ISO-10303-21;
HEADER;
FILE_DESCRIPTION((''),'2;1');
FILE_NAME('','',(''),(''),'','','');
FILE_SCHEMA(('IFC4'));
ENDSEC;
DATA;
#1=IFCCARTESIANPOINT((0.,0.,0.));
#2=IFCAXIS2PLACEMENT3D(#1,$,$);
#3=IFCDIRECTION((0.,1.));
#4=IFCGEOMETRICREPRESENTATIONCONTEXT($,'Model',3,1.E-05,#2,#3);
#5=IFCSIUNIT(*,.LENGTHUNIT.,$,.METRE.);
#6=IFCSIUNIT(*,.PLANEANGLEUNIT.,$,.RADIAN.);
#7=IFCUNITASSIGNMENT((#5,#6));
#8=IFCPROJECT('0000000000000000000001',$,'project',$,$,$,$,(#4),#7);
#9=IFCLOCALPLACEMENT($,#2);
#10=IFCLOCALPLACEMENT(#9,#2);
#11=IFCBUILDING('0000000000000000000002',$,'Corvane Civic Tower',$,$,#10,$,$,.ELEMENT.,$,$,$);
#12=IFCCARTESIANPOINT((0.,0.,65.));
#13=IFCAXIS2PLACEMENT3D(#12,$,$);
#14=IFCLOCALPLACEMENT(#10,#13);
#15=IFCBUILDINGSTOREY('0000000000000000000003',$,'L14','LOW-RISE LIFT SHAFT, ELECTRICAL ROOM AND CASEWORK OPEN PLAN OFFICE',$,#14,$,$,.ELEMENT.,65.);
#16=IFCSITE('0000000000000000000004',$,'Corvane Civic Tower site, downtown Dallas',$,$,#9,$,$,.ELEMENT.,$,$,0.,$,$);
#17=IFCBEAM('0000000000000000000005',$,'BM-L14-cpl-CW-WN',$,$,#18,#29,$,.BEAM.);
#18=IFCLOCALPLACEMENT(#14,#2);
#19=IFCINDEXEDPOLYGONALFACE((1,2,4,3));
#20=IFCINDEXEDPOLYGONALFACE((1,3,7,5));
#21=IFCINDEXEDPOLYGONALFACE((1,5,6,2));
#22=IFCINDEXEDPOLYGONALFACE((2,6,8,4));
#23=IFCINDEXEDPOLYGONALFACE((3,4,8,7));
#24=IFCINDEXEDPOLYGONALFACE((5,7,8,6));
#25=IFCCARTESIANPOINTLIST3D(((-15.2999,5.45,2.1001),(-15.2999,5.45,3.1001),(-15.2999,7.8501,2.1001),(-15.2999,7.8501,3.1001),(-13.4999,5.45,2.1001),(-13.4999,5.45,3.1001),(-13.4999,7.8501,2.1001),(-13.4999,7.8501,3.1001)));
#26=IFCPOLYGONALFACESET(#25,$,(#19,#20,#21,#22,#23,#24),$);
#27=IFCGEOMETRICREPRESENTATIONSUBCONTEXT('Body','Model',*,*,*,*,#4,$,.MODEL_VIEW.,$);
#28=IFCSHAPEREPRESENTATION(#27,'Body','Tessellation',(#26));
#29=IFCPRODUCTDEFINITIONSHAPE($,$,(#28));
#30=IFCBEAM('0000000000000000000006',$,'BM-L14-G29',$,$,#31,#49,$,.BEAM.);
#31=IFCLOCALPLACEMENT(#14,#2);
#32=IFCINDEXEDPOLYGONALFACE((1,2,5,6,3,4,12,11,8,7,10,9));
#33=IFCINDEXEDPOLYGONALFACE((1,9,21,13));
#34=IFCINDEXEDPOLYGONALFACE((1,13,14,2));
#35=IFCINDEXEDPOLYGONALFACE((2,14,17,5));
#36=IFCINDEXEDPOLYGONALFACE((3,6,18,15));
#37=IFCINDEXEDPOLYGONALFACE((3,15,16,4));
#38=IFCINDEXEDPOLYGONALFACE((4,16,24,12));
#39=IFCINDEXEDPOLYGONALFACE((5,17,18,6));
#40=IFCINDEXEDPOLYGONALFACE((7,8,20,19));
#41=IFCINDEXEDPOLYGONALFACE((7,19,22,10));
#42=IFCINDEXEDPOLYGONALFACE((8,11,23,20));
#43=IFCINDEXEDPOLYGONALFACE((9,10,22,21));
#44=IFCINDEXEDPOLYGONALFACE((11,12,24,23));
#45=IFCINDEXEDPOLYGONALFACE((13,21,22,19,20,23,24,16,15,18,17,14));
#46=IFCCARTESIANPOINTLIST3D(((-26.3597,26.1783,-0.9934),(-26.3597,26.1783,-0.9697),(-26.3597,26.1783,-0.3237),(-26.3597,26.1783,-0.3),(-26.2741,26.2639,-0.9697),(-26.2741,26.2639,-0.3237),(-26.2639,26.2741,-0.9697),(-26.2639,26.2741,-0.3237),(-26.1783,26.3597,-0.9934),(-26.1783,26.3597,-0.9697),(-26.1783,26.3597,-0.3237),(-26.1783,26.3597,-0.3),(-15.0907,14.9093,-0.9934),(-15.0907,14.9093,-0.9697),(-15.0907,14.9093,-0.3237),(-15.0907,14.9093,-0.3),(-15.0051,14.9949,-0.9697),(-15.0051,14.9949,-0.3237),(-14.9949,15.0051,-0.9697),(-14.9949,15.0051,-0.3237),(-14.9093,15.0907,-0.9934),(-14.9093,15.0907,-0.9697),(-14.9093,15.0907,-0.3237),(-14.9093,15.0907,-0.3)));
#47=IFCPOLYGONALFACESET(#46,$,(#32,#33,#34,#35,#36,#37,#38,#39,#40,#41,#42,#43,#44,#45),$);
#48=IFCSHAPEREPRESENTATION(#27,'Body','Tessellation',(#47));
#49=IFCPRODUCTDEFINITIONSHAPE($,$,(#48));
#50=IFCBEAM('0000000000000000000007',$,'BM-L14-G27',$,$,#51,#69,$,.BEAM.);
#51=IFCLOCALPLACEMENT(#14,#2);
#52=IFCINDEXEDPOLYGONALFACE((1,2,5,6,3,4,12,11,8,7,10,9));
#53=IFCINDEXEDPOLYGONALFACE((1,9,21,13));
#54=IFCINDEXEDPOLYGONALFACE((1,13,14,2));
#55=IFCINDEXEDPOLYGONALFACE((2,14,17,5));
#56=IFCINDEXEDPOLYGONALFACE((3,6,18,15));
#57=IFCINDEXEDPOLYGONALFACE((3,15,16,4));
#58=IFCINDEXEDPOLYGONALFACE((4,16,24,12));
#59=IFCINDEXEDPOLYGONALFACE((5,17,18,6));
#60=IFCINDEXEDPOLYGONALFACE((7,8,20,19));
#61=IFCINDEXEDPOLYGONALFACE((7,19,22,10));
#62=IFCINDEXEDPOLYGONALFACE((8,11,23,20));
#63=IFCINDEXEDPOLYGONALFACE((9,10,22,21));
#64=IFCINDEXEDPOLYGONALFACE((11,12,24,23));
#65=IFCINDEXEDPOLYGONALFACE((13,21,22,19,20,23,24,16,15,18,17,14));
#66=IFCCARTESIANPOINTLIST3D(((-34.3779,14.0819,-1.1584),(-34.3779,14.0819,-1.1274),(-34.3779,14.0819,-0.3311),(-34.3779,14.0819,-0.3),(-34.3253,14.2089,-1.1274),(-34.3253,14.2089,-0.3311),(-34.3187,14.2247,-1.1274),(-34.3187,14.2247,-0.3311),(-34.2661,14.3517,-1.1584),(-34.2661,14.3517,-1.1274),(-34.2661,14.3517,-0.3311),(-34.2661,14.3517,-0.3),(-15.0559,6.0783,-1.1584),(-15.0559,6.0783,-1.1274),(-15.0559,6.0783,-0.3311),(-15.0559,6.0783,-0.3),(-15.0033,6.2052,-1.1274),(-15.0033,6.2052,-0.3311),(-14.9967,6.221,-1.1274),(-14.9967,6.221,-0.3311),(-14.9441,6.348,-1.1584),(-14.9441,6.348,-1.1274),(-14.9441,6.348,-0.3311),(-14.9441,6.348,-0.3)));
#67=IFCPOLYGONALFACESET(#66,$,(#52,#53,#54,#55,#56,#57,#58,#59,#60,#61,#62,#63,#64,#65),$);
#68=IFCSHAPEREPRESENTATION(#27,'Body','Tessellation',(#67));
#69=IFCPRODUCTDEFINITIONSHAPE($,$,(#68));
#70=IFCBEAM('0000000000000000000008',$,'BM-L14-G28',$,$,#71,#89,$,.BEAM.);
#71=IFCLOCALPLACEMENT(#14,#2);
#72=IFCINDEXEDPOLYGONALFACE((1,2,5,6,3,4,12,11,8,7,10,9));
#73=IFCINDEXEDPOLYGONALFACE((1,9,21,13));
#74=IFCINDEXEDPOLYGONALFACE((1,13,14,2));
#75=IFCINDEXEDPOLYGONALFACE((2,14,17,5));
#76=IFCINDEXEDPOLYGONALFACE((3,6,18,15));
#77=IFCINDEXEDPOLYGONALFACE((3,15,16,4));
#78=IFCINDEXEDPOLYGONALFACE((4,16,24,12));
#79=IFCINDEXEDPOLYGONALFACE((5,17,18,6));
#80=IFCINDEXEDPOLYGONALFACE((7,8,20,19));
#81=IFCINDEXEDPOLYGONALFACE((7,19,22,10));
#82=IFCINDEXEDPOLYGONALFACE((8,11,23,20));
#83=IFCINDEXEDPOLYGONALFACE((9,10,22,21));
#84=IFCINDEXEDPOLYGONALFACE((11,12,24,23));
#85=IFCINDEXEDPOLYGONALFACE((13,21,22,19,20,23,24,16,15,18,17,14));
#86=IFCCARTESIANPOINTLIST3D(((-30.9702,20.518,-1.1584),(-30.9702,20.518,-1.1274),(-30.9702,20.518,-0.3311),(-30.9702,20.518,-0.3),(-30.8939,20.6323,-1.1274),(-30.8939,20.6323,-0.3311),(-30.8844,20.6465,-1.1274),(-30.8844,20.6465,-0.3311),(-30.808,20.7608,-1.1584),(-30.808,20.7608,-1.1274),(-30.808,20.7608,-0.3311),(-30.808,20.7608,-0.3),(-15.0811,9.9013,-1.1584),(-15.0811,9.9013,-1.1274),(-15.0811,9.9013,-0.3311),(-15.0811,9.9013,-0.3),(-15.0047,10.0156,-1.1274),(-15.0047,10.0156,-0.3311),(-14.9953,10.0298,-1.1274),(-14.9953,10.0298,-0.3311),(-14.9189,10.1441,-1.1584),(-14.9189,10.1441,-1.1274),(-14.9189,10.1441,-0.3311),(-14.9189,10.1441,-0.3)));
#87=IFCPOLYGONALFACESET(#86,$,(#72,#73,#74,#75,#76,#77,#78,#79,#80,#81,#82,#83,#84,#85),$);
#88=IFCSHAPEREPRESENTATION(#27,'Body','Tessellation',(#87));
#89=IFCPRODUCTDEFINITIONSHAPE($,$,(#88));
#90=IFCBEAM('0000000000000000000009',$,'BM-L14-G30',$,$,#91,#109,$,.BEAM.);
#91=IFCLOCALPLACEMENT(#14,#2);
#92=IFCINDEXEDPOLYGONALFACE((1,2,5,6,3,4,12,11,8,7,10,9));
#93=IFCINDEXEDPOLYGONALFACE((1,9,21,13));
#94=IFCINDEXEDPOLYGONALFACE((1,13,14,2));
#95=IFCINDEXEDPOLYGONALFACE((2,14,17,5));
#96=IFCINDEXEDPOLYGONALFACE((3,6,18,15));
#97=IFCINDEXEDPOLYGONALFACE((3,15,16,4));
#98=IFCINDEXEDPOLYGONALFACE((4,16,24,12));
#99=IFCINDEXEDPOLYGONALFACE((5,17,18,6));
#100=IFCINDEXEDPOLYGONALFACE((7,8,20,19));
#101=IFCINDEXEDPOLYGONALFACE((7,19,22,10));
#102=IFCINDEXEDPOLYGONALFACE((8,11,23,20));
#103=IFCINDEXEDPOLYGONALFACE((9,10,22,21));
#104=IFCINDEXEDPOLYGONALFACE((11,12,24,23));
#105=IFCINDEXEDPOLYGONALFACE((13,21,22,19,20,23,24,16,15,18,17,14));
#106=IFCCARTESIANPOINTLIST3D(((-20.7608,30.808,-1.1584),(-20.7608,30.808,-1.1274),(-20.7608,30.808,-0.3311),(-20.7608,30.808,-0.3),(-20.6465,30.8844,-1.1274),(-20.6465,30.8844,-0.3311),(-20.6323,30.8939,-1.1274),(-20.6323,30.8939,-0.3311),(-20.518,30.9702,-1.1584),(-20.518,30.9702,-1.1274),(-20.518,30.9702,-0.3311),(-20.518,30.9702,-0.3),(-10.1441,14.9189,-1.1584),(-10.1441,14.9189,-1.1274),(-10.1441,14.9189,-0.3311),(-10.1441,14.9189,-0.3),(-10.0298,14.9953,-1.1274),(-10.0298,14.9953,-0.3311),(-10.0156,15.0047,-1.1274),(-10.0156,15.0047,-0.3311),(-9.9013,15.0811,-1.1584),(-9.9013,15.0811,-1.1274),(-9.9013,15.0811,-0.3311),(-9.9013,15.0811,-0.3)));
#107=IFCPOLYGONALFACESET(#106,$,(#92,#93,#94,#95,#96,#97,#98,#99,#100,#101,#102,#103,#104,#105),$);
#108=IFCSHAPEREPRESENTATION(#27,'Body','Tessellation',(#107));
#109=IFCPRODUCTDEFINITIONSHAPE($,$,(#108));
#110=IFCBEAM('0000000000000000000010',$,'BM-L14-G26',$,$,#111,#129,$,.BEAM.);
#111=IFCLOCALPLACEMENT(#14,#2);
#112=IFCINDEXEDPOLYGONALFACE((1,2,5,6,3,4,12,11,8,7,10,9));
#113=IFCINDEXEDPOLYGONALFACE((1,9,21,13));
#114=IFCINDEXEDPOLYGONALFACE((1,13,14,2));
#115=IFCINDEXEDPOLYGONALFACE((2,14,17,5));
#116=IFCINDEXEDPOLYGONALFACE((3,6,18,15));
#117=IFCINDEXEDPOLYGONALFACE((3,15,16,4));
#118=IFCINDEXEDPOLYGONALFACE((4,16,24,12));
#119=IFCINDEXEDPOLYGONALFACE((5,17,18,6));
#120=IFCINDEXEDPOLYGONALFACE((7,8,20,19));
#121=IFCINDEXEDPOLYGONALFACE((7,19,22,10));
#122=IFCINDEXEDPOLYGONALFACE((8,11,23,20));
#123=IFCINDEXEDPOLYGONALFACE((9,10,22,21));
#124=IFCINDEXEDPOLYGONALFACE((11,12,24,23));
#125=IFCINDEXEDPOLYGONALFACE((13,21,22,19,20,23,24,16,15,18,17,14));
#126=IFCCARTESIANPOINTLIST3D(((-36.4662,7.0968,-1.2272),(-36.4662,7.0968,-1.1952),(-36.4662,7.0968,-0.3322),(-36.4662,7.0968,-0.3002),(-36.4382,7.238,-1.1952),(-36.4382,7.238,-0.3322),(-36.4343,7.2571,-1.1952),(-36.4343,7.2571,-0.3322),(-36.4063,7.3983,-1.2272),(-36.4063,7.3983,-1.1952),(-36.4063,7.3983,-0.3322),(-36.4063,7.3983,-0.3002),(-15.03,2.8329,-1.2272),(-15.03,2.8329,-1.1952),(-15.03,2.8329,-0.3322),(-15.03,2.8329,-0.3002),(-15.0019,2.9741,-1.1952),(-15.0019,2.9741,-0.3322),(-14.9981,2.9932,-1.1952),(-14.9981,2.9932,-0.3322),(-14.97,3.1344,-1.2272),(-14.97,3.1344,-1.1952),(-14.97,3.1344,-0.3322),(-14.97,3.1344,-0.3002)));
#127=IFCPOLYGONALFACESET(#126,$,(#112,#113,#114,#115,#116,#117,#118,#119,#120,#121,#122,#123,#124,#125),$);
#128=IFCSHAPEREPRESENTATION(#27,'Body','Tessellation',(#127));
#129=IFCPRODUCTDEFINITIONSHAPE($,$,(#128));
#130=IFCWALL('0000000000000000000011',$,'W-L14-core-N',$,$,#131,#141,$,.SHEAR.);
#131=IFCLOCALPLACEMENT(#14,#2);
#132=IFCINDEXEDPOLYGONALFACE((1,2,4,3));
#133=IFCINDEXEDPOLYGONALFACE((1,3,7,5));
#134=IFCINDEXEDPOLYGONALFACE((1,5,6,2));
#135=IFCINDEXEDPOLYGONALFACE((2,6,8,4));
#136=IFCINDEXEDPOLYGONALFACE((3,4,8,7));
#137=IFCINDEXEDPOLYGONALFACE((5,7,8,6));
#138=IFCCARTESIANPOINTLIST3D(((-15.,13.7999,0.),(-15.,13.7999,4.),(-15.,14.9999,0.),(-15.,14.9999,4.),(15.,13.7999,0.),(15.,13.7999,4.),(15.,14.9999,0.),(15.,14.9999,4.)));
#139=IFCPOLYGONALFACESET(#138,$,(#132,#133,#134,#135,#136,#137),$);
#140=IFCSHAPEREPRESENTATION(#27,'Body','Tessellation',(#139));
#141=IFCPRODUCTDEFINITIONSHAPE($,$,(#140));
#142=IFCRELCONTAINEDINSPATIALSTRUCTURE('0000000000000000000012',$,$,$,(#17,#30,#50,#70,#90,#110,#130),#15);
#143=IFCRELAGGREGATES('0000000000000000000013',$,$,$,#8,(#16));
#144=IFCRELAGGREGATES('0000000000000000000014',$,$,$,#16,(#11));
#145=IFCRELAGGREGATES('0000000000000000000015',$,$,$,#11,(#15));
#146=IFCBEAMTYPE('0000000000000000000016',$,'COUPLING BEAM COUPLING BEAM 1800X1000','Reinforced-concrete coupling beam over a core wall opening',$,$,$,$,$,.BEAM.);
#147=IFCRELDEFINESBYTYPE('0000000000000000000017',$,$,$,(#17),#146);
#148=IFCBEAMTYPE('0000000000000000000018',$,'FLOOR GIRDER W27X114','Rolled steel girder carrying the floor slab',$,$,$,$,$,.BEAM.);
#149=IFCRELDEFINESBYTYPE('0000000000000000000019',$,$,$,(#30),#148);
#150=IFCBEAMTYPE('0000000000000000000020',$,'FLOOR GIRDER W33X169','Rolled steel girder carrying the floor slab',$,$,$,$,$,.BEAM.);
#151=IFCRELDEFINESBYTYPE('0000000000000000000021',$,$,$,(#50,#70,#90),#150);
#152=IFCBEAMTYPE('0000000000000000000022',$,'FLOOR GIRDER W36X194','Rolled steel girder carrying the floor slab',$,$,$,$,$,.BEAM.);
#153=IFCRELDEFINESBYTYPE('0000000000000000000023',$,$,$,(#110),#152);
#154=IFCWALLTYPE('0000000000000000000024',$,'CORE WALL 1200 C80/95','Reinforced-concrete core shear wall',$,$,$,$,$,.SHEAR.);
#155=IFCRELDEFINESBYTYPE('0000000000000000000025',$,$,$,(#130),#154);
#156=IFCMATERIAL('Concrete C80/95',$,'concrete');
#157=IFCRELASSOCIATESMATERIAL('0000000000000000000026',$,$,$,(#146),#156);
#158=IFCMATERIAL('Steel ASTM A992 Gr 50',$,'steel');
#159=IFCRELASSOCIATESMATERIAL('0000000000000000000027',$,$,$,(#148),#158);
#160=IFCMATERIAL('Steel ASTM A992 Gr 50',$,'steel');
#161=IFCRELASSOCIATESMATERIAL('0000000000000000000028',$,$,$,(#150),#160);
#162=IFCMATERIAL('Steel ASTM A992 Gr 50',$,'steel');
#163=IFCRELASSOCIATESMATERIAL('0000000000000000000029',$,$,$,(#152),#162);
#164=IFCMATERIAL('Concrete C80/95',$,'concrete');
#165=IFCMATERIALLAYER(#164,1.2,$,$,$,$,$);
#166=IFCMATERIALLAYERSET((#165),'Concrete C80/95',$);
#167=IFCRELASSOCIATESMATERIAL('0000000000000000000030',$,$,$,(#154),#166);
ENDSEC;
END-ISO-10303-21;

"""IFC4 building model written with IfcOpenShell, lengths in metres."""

from ifc_helpers import new_model, si_unit, direction, frame, frame_2d, origin, origin_2d, place, context, subcontext, project, spatial, rectangle, i_section, extrude, material, layer, layer_set, material_profile, profile_set, type_object, element, save


model = new_model("IFC4")

# Units and contexts
model_context = context("Model", 3, precision=1e-05, world=origin(), true_north=direction((0.0, 1.0)))
body_context = subcontext(model_context, "Body", "Model", "MODEL_VIEW")
ifc_project = project(units=[si_unit("LENGTHUNIT", "METRE"), si_unit("PLANEANGLEUNIT", "RADIAN")], contexts=[model_context])

# Site, building, storey
site_placement = place(None, origin())
site = spatial("IfcSite", under=ifc_project, at=site_placement, Name="Corvane Civic Tower site, downtown Dallas", CompositionType="ELEMENT", RefElevation=0.0)
building_placement = place(site_placement, origin())
building = spatial("IfcBuilding", under=site, at=building_placement, Name="Corvane Civic Tower", CompositionType="ELEMENT")
storey_placement = place(building_placement, frame((0.0, 0.0, 65.0)))
storey = spatial("IfcBuildingStorey", under=building, at=storey_placement, Name="L14", Description="LOW-RISE LIFT SHAFT, ELECTRICAL ROOM AND CASEWORK OPEN PLAN OFFICE", CompositionType="ELEMENT", Elevation=65.0)

# Beams
ifc_material_1 = material(Name="Concrete C80/95", Category="concrete")
ifc_material_profile_1 = material_profile(ifc_material_1, rectangle(XDim=1.8, YDim=1.0, at=origin_2d()), Name="COUPLING BEAM 1800X1000")
ifc_profile_set_1 = profile_set([ifc_material_profile_1], Name="Concrete C80/95")
beam_type_1 = type_object("IfcBeamType", Name="COUPLING BEAM COUPLING BEAM 1800X1000", Description="Reinforced-concrete coupling beam over a core wall opening", PredefinedType="BEAM", material=ifc_profile_set_1)
beam_1_placement = place(storey_placement, frame((-14.3999, 5.45, 2.6001), z_axis=(0.0, 1.0, 0.0), x_axis=(-1.0, 0.0, 0.0)))
element("IfcBeam", 1, at=beam_1_placement, inside=storey, type_object=beam_type_1, Name="BM-L14-cpl-CW-WN", PredefinedType="BEAM", context=body_context, shape_type="SweptSolid", body=[
    extrude(rectangle(XDim=1.8, YDim=1.0, at=origin_2d()), origin(), (0.0, 0.0, 1.0), 2.4001),
])
ifc_material_2 = material(Name="Steel ASTM A992 Gr 50", Category="steel")
ifc_material_profile_2 = material_profile(ifc_material_2, i_section(OverallWidth=0.2566, OverallDepth=0.6934, WebThickness=0.0144, FlangeThickness=0.0237, at=origin_2d()), Name="W27X114")
ifc_profile_set_2 = profile_set([ifc_material_profile_2], Name="Steel ASTM A992 Gr 50")
beam_type_2 = type_object("IfcBeamType", Name="FLOOR GIRDER W27X114", Description="Rolled steel girder carrying the floor slab", PredefinedType="BEAM", material=ifc_profile_set_2)
beam_2_placement = place(storey_placement, frame((-15.0, 15.0, -0.6467), z_axis=(-0.707107, 0.707107, 0.0), x_axis=(-0.707107, -0.707107, 0.0)))
element("IfcBeam", 2, at=beam_2_placement, inside=storey, type_object=beam_type_2, Name="BM-L14-G29", PredefinedType="BEAM", context=body_context, shape_type="SweptSolid", body=[
    extrude(i_section(OverallWidth=0.2566, OverallDepth=0.6934, WebThickness=0.0144, FlangeThickness=0.0237, at=origin_2d()), origin(), (0.0, 0.0, 1.0), 15.9368),
])
ifc_material_3 = material(Name="Steel ASTM A992 Gr 50", Category="steel")
ifc_material_profile_3 = material_profile(ifc_material_3, i_section(OverallWidth=0.292, OverallDepth=0.8584, WebThickness=0.0171, FlangeThickness=0.031, at=origin_2d()), Name="W33X169")
ifc_profile_set_3 = profile_set([ifc_material_profile_3], Name="Steel ASTM A992 Gr 50")
beam_type_3 = type_object("IfcBeamType", Name="FLOOR GIRDER W33X169", Description="Rolled steel girder carrying the floor slab", PredefinedType="BEAM", material=ifc_profile_set_3)
beam_3_placement = place(storey_placement, frame((-15.0, 6.2131, -0.7292), z_axis=(-0.923876, 0.382692, 0.0), x_axis=(-0.382692, -0.923876, 0.0)))
element("IfcBeam", 3, at=beam_3_placement, inside=storey, type_object=beam_type_3, Name="BM-L14-G27", PredefinedType="BEAM", context=body_context, shape_type="SweptSolid", body=[
    extrude(i_section(OverallWidth=0.292, OverallDepth=0.8584, WebThickness=0.0171, FlangeThickness=0.031, at=origin_2d()), origin(), (0.0, 0.0, 1.0), 20.9141),
])
for number, where, z_axis, x_axis, name in (
    (4, (-15.0, 10.0227, -0.7292), (-0.831472, 0.555567, 0.0), (-0.555567, -0.831472, 0.0), "BM-L14-G28"),
    (5, (-10.0227, 15.0, -0.7292), (-0.555567, 0.831472, 0.0), (-0.831472, -0.555567, 0.0), "BM-L14-G30"),
):
    element("IfcBeam", number, at=place(storey_placement, frame(where, z_axis=z_axis, x_axis=x_axis)), inside=storey, type_object=beam_type_3, Name=name, PredefinedType="BEAM", context=body_context, shape_type="SweptSolid", body=[
        extrude(i_section(OverallWidth=0.292, OverallDepth=0.8584, WebThickness=0.0171, FlangeThickness=0.031, at=origin_2d()), origin(), (0.0, 0.0, 1.0), 19.1096),
    ])
ifc_material_4 = material(Name="Steel ASTM A992 Gr 50", Category="steel")
ifc_material_profile_4 = material_profile(ifc_material_4, i_section(OverallWidth=0.3074, OverallDepth=0.927, WebThickness=0.0195, FlangeThickness=0.032, at=origin_2d()), Name="W36X194")
ifc_profile_set_4 = profile_set([ifc_material_profile_4], Name="Steel ASTM A992 Gr 50")
beam_type_4 = type_object("IfcBeamType", Name="FLOOR GIRDER W36X194", Description="Rolled steel girder carrying the floor slab", PredefinedType="BEAM", material=ifc_profile_set_4)
beam_4_placement = place(storey_placement, frame((-15.0, 2.9836, -0.7637), z_axis=(-0.980785, 0.195089, 0.0), x_axis=(-0.195089, -0.980785, 0.0)))
element("IfcBeam", 6, at=beam_4_placement, inside=storey, type_object=beam_type_4, Name="BM-L14-G26", PredefinedType="BEAM", context=body_context, shape_type="SweptSolid", body=[
    extrude(i_section(OverallWidth=0.3074, OverallDepth=0.927, WebThickness=0.0195, FlangeThickness=0.032, at=origin_2d()), origin(), (0.0, 0.0, 1.0), 21.8562),
])

# Wall
ifc_material_5 = material(Name="Concrete C80/95", Category="concrete")
ifc_layer_1 = layer(ifc_material_5, 1.2)
ifc_layer_set_1 = layer_set([ifc_layer_1], Name="Concrete C80/95")
wall_type_1 = type_object("IfcWallType", Name="CORE WALL 1200 C80/95", Description="Reinforced-concrete core shear wall", PredefinedType="SHEAR", material=ifc_layer_set_1)
wall_1_placement = place(storey_placement, frame((-15.0, 14.3999, 0.0), z_axis=(0.0, 0.0, 1.0), x_axis=(1.0, 0.0, 0.0)))
element("IfcWall", 7, at=wall_1_placement, inside=storey, type_object=wall_type_1, Name="W-L14-core-N", PredefinedType="SHEAR", context=body_context, shape_type="SweptSolid", body=[
    extrude(rectangle(XDim=30.0, YDim=1.2, at=frame_2d((15.0, 0.0))), origin(), (0.0, 0.0, 1.0), 4.0),
])

save(model, "model.ifc")
